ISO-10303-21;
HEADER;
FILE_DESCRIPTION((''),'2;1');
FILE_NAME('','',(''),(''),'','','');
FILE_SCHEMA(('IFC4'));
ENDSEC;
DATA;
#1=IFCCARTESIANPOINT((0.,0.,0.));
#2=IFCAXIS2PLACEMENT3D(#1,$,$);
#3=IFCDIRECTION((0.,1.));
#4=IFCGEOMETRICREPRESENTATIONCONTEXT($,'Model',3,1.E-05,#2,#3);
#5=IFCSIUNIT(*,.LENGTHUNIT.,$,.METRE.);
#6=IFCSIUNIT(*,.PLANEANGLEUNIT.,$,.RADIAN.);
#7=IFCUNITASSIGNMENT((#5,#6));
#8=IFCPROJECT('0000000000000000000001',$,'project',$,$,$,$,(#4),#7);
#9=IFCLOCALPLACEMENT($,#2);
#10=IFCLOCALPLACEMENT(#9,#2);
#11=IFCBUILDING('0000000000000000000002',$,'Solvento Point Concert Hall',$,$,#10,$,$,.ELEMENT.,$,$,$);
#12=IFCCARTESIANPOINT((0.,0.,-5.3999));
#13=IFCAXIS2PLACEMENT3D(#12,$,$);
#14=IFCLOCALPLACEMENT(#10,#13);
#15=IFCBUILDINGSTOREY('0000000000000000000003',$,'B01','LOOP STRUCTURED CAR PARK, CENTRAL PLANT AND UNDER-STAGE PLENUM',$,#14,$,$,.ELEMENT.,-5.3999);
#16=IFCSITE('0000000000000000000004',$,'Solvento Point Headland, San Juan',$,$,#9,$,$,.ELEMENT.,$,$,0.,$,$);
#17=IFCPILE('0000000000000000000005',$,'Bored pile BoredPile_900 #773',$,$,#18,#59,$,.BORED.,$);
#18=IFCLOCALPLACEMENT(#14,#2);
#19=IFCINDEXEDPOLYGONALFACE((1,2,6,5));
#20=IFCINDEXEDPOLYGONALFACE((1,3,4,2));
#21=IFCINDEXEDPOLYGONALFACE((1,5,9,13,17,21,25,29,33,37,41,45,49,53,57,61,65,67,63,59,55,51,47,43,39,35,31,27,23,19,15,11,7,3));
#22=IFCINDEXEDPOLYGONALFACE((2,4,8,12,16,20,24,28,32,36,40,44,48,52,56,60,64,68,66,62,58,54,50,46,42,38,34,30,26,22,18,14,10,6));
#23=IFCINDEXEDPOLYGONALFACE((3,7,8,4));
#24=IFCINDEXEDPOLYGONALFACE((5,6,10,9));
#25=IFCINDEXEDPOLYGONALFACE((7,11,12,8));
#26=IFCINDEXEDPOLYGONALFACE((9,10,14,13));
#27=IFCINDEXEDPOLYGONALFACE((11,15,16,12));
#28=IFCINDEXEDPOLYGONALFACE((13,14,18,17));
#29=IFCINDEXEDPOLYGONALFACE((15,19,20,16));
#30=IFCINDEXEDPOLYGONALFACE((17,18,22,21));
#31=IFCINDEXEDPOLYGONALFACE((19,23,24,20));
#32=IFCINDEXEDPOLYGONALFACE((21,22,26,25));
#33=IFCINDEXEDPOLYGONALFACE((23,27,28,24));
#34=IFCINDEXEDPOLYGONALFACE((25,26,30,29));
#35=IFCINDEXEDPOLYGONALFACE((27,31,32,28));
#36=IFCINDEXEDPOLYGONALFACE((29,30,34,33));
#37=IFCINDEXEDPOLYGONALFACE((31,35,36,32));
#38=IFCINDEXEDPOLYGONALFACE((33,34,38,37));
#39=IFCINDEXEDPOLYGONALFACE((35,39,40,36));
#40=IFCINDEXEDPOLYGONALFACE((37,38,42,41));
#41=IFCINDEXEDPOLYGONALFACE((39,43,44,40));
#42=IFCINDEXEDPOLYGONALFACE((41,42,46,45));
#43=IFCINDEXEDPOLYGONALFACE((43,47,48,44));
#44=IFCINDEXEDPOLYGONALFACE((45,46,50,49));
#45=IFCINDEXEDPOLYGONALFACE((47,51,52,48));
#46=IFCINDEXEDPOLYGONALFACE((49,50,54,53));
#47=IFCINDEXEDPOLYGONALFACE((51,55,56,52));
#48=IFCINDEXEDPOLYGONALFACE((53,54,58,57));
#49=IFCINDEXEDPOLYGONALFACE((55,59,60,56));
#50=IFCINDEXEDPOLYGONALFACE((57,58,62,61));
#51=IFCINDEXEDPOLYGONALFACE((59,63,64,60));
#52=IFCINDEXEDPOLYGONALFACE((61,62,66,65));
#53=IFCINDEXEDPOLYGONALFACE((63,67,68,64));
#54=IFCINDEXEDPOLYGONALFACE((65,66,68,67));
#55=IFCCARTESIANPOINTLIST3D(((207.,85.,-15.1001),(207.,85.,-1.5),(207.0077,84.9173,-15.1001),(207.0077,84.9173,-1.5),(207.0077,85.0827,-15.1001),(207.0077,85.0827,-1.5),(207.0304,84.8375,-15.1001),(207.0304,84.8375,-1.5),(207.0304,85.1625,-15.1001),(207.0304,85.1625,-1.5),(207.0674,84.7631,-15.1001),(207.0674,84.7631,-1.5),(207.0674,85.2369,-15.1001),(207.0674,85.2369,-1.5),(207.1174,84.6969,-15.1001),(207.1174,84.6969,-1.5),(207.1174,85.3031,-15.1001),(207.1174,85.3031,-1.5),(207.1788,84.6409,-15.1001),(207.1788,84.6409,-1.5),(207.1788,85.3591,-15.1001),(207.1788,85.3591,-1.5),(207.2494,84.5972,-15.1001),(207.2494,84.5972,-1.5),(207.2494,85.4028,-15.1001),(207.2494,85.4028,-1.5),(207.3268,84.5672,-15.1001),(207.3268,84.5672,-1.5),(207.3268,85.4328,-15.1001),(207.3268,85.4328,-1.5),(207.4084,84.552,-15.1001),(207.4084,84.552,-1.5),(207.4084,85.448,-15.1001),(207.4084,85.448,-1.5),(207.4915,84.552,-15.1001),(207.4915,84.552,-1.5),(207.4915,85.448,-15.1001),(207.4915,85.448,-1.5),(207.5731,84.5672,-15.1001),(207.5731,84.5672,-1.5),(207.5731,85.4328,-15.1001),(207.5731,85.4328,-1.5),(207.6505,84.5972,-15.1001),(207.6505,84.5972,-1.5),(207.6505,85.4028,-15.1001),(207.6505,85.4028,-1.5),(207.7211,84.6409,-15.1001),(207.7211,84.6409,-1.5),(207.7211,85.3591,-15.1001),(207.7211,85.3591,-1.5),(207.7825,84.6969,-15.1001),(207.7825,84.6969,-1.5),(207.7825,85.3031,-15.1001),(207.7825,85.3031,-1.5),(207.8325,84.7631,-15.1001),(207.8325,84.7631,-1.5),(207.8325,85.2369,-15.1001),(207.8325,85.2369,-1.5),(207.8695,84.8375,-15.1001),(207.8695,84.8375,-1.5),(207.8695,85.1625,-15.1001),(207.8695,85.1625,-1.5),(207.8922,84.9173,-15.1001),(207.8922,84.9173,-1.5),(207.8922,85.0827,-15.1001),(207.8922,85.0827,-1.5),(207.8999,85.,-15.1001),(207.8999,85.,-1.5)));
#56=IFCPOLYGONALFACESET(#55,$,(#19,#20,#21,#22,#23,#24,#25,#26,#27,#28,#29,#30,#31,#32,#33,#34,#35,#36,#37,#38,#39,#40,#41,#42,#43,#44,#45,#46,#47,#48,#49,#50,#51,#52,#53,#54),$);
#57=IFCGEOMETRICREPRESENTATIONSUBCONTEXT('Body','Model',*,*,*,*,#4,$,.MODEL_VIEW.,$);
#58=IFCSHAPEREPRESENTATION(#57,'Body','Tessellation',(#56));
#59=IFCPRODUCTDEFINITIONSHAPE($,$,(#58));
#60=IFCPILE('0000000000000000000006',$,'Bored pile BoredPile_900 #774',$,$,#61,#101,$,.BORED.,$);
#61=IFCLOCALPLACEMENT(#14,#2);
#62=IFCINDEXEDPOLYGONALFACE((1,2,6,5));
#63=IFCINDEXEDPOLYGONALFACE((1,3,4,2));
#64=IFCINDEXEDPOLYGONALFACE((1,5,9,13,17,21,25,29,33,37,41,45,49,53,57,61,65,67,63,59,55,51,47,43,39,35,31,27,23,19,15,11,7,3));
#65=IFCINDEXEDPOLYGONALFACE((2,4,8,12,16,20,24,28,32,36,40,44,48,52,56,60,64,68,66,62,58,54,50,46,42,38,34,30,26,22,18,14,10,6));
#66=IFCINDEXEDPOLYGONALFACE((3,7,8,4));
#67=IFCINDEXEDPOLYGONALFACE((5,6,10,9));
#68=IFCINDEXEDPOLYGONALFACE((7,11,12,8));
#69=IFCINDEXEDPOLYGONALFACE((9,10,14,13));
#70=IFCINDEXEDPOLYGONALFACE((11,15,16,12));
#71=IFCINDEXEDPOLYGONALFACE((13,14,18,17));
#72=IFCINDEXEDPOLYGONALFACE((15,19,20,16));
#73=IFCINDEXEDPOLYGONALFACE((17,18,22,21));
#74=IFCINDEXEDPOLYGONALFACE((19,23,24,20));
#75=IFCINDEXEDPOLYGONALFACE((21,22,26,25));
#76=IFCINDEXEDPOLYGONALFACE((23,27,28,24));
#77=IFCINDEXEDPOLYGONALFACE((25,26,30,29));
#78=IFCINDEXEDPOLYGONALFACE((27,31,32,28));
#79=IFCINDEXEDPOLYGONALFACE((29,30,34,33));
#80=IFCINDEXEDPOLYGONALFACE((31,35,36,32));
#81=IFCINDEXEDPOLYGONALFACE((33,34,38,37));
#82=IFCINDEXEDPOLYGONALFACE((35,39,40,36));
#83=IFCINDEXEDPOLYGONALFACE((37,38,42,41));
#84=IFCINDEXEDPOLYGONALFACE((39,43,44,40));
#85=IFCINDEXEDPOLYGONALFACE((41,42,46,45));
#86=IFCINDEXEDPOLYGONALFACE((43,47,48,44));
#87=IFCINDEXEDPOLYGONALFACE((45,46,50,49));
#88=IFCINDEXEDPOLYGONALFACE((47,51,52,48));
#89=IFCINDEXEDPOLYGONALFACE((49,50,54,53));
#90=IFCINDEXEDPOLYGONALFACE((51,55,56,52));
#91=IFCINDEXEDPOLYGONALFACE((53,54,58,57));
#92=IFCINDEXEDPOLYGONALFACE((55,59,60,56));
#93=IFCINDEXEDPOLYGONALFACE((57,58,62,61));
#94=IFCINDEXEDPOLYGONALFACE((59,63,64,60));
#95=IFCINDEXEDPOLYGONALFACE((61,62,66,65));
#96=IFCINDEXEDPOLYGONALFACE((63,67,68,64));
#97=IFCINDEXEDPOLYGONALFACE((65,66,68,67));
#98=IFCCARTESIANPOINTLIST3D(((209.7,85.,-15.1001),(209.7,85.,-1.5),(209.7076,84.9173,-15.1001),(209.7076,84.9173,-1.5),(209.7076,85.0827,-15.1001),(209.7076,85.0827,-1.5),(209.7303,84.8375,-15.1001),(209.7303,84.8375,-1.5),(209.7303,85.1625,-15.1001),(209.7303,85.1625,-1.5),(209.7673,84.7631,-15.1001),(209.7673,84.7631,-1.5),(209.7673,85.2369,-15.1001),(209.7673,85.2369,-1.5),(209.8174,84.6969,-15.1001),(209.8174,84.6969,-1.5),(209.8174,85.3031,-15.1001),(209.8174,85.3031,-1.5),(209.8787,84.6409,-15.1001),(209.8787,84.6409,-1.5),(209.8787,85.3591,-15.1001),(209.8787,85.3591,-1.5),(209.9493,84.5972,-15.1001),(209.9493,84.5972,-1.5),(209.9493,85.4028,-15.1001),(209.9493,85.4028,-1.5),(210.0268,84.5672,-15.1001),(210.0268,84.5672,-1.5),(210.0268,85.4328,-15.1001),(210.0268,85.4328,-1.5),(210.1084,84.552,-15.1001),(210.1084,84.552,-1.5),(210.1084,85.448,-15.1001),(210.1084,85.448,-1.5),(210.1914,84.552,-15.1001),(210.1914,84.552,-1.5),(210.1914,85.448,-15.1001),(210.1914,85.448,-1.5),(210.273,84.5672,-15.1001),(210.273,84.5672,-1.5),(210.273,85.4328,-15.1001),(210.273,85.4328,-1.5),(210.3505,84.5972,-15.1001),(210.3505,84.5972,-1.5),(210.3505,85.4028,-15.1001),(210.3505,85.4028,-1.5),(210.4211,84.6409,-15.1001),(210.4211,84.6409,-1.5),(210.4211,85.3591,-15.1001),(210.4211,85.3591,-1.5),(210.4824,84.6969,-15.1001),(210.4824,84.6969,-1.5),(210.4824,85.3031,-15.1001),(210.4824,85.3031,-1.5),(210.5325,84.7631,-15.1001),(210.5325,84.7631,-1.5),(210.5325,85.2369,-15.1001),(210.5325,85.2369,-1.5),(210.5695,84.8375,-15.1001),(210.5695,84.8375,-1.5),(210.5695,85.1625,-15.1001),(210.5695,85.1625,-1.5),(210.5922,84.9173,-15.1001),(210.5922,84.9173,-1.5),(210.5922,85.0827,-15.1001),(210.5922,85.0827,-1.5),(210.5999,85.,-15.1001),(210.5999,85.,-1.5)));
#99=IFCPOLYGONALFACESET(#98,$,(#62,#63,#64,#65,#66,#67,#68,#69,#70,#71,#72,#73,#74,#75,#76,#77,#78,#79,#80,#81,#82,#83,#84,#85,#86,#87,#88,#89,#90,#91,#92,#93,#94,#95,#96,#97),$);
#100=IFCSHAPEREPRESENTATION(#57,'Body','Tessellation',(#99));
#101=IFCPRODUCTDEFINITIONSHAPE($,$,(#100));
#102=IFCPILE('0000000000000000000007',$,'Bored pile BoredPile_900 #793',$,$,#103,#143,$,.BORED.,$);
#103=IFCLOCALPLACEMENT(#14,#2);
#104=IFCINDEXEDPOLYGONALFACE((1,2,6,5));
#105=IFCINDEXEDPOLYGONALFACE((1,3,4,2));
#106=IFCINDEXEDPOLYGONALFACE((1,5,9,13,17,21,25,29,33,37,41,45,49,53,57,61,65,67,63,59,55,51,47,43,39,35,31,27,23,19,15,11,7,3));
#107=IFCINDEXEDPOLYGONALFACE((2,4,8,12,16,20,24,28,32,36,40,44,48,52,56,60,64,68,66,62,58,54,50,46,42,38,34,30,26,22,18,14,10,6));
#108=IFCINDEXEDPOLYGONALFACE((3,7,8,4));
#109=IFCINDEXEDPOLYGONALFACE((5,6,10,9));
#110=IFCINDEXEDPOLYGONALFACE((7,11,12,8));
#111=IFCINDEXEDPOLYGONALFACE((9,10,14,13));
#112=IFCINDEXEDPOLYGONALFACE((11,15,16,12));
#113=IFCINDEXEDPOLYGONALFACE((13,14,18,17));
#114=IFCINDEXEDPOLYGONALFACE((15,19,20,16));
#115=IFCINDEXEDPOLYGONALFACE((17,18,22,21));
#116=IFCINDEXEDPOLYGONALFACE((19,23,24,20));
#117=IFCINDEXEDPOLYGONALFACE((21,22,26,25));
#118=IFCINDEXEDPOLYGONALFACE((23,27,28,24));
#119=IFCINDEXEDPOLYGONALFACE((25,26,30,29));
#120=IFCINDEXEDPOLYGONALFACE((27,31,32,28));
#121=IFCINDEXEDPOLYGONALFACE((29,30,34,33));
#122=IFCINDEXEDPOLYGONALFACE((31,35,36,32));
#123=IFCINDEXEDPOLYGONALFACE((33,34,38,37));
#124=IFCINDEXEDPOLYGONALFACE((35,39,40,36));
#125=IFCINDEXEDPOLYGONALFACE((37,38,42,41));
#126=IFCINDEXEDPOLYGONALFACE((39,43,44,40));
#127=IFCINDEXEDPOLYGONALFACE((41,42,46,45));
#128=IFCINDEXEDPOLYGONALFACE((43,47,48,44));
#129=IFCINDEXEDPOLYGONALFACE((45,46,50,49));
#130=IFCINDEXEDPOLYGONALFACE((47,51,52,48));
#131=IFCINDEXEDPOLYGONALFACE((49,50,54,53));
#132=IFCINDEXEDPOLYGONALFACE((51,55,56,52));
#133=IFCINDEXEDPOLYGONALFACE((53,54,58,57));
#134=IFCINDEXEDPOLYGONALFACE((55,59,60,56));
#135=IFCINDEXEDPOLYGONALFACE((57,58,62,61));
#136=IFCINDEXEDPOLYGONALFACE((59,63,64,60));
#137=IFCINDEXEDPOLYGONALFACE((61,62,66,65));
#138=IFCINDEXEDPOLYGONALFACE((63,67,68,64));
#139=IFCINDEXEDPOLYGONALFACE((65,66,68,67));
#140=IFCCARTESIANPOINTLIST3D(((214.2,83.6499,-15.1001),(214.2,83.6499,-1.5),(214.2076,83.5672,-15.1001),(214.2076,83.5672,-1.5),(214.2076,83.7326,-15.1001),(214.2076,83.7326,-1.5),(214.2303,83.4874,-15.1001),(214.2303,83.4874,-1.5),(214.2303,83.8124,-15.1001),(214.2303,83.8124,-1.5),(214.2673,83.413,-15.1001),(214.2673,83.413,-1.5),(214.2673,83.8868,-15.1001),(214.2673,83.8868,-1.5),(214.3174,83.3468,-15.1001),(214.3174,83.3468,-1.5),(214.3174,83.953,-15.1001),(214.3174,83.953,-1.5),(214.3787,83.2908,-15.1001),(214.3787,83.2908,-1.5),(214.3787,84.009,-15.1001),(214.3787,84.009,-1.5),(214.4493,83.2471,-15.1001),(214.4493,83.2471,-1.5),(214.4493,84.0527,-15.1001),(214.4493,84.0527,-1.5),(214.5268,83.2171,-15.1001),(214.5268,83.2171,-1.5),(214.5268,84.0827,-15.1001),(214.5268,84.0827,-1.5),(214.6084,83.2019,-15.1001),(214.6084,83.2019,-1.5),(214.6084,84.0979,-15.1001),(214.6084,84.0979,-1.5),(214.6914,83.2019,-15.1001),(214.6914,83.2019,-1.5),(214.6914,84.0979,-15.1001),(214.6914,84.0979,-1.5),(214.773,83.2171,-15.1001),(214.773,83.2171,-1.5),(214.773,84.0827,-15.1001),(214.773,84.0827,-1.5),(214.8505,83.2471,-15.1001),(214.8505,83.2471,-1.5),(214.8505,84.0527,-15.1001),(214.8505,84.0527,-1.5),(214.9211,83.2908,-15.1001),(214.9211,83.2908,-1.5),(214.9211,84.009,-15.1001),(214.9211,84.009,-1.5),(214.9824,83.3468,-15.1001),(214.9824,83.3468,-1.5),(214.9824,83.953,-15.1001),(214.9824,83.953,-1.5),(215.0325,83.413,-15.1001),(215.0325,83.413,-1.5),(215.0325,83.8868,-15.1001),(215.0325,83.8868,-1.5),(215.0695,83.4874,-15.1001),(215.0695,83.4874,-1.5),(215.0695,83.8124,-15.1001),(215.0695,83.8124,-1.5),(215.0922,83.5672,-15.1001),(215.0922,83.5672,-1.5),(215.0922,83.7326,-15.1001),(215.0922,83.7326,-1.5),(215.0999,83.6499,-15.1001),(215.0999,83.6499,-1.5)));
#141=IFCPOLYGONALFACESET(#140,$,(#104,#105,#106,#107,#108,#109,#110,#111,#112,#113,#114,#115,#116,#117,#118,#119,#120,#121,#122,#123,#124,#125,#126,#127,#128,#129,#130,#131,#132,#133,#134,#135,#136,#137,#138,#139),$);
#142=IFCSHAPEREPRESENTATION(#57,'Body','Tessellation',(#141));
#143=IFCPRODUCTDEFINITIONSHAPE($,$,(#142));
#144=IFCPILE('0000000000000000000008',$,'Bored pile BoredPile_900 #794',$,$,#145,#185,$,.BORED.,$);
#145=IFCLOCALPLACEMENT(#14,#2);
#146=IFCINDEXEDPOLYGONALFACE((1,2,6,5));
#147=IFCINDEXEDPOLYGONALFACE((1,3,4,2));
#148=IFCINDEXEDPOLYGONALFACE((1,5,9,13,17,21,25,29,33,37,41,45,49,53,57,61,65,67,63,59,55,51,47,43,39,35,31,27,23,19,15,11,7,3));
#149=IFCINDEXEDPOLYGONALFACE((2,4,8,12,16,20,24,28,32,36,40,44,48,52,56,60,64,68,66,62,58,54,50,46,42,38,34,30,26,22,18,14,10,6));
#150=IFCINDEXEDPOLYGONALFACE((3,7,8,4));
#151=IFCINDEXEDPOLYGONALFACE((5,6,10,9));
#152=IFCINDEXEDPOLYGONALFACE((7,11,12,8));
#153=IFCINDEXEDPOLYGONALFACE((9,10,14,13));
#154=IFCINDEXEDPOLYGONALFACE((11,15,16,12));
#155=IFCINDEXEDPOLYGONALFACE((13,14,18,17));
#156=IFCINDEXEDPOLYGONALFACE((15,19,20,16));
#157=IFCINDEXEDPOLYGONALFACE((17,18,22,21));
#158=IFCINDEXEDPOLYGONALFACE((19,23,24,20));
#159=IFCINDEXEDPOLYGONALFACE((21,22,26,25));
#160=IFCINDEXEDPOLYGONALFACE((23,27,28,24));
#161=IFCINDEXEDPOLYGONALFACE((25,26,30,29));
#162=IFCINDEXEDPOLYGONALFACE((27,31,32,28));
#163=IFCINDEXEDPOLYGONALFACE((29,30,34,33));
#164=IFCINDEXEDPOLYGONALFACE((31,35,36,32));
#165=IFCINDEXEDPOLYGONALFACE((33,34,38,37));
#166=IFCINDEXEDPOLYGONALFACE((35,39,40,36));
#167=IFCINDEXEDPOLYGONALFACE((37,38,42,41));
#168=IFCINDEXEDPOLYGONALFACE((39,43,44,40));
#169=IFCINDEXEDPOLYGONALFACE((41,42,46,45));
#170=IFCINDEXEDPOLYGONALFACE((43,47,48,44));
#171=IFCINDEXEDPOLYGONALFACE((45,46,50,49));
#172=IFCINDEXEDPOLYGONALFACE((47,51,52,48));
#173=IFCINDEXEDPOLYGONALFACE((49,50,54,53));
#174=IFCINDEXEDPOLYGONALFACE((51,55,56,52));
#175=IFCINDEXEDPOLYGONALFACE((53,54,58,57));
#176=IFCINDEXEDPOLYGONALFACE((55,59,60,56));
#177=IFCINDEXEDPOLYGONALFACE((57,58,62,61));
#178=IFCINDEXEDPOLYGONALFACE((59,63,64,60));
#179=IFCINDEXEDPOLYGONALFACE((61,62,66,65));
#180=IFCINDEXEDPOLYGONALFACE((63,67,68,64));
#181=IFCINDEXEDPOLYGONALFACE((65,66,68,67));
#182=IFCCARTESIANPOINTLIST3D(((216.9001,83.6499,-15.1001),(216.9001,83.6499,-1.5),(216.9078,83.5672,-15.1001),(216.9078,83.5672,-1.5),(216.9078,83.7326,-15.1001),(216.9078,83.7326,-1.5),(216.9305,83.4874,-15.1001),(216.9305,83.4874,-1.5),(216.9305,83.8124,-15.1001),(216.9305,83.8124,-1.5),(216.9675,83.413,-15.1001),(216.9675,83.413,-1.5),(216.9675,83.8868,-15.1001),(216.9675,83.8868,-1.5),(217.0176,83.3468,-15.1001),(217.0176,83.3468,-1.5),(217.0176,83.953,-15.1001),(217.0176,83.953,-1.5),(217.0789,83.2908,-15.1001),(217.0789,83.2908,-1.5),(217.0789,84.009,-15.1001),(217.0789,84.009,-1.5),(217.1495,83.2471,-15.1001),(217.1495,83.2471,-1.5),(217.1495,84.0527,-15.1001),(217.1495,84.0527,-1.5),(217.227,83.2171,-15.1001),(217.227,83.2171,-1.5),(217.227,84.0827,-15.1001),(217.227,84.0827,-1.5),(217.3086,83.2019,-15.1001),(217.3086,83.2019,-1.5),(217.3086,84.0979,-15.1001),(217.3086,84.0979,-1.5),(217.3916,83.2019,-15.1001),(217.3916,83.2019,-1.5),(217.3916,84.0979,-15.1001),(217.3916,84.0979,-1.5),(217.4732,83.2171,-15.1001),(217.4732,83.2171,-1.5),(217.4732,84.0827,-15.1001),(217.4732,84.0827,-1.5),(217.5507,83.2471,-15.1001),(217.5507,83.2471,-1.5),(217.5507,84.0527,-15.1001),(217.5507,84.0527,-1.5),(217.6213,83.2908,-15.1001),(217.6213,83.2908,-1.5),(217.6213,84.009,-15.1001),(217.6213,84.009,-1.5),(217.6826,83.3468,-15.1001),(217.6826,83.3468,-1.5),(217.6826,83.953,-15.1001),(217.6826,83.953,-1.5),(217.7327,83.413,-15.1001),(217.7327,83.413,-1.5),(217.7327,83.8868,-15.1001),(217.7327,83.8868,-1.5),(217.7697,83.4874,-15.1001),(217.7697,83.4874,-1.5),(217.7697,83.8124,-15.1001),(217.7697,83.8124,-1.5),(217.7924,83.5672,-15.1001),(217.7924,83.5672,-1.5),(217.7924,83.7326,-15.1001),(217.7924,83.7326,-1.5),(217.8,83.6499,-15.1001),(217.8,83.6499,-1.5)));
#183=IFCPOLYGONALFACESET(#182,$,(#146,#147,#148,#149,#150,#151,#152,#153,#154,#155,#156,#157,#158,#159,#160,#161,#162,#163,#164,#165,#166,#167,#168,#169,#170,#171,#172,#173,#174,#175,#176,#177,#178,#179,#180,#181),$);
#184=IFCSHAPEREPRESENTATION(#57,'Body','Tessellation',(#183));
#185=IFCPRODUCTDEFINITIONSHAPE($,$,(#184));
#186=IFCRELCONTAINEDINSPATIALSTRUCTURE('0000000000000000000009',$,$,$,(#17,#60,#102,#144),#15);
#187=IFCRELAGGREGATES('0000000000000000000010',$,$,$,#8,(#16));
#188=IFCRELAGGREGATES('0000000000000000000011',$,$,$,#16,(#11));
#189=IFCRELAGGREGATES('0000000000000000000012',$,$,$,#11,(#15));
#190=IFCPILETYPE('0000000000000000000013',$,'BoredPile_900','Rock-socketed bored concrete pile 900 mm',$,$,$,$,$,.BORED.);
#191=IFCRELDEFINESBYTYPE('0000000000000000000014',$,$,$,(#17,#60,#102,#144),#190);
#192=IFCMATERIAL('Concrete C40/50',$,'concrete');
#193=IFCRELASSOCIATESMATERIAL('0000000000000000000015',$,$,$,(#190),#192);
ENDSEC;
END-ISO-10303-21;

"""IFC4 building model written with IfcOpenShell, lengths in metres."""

from ifc_helpers import new_model, si_unit, direction, frame, origin, origin_2d, place, context, subcontext, project, spatial, circle, extrude, material, material_profile, profile_set, type_object, element, save


model = new_model("IFC4")

# Units and contexts
model_context = context("Model", 3, precision=1e-05, world=origin(), true_north=direction((0.0, 1.0)))
body_context = subcontext(model_context, "Body", "Model", "MODEL_VIEW")
ifc_project = project(units=[si_unit("LENGTHUNIT", "METRE"), si_unit("PLANEANGLEUNIT", "RADIAN")], contexts=[model_context])

# Site, building, storey
site_placement = place(None, origin())
site = spatial("IfcSite", under=ifc_project, at=site_placement, Name="Solvento Point Headland, San Juan", CompositionType="ELEMENT", RefElevation=0.0)
building_placement = place(site_placement, origin())
building = spatial("IfcBuilding", under=site, at=building_placement, Name="Solvento Point Concert Hall", CompositionType="ELEMENT")
storey_placement = place(building_placement, frame((0.0, 0.0, -5.3999)))
storey = spatial("IfcBuildingStorey", under=building, at=storey_placement, Name="B01", Description="LOOP STRUCTURED CAR PARK, CENTRAL PLANT AND UNDER-STAGE PLENUM", CompositionType="ELEMENT", Elevation=-5.3999)

# Piles
ifc_material_1 = material(Name="Concrete C40/50", Category="concrete")
ifc_material_profile_1 = material_profile(ifc_material_1, circle(Radius=0.45, at=origin_2d()), Name="BP-900")
ifc_profile_set_1 = profile_set([ifc_material_profile_1], Name="Concrete C40/50")
pile_type_1 = type_object("IfcPileType", Name="BoredPile_900", Description="Rock-socketed bored concrete pile 900 mm", PredefinedType="BORED", material=ifc_profile_set_1)
for number, where, z_axis, x_axis, name in (
    (1, (207.45, 85.0, -1.5), (0.0, 0.0, -1.0), (1.0, 0.0, 0.0), "Bored pile BoredPile_900 #773"),
    (2, (210.1499, 85.0, -1.5), (0.0, 0.0, -1.0), (1.0, 0.0, 0.0), "Bored pile BoredPile_900 #774"),
    (3, (214.6499, 83.6499, -1.5), (0.0, 0.0, -1.0), (1.0, 0.0, 0.0), "Bored pile BoredPile_900 #793"),
    (4, (217.3501, 83.6499, -1.5), (0.0, 0.0, -1.0), (1.0, 0.0, 0.0), "Bored pile BoredPile_900 #794"),
):
    element("IfcPile", number, at=place(storey_placement, frame(where, z_axis=z_axis, x_axis=x_axis)), inside=storey, type_object=pile_type_1, Name=name, PredefinedType="BORED", context=body_context, shape_type="SweptSolid", body=[
        extrude(circle(Radius=0.45, at=origin_2d()), origin(), (0.0, 0.0, 1.0), 13.6001),
    ])

save(model, "model.ifc")
